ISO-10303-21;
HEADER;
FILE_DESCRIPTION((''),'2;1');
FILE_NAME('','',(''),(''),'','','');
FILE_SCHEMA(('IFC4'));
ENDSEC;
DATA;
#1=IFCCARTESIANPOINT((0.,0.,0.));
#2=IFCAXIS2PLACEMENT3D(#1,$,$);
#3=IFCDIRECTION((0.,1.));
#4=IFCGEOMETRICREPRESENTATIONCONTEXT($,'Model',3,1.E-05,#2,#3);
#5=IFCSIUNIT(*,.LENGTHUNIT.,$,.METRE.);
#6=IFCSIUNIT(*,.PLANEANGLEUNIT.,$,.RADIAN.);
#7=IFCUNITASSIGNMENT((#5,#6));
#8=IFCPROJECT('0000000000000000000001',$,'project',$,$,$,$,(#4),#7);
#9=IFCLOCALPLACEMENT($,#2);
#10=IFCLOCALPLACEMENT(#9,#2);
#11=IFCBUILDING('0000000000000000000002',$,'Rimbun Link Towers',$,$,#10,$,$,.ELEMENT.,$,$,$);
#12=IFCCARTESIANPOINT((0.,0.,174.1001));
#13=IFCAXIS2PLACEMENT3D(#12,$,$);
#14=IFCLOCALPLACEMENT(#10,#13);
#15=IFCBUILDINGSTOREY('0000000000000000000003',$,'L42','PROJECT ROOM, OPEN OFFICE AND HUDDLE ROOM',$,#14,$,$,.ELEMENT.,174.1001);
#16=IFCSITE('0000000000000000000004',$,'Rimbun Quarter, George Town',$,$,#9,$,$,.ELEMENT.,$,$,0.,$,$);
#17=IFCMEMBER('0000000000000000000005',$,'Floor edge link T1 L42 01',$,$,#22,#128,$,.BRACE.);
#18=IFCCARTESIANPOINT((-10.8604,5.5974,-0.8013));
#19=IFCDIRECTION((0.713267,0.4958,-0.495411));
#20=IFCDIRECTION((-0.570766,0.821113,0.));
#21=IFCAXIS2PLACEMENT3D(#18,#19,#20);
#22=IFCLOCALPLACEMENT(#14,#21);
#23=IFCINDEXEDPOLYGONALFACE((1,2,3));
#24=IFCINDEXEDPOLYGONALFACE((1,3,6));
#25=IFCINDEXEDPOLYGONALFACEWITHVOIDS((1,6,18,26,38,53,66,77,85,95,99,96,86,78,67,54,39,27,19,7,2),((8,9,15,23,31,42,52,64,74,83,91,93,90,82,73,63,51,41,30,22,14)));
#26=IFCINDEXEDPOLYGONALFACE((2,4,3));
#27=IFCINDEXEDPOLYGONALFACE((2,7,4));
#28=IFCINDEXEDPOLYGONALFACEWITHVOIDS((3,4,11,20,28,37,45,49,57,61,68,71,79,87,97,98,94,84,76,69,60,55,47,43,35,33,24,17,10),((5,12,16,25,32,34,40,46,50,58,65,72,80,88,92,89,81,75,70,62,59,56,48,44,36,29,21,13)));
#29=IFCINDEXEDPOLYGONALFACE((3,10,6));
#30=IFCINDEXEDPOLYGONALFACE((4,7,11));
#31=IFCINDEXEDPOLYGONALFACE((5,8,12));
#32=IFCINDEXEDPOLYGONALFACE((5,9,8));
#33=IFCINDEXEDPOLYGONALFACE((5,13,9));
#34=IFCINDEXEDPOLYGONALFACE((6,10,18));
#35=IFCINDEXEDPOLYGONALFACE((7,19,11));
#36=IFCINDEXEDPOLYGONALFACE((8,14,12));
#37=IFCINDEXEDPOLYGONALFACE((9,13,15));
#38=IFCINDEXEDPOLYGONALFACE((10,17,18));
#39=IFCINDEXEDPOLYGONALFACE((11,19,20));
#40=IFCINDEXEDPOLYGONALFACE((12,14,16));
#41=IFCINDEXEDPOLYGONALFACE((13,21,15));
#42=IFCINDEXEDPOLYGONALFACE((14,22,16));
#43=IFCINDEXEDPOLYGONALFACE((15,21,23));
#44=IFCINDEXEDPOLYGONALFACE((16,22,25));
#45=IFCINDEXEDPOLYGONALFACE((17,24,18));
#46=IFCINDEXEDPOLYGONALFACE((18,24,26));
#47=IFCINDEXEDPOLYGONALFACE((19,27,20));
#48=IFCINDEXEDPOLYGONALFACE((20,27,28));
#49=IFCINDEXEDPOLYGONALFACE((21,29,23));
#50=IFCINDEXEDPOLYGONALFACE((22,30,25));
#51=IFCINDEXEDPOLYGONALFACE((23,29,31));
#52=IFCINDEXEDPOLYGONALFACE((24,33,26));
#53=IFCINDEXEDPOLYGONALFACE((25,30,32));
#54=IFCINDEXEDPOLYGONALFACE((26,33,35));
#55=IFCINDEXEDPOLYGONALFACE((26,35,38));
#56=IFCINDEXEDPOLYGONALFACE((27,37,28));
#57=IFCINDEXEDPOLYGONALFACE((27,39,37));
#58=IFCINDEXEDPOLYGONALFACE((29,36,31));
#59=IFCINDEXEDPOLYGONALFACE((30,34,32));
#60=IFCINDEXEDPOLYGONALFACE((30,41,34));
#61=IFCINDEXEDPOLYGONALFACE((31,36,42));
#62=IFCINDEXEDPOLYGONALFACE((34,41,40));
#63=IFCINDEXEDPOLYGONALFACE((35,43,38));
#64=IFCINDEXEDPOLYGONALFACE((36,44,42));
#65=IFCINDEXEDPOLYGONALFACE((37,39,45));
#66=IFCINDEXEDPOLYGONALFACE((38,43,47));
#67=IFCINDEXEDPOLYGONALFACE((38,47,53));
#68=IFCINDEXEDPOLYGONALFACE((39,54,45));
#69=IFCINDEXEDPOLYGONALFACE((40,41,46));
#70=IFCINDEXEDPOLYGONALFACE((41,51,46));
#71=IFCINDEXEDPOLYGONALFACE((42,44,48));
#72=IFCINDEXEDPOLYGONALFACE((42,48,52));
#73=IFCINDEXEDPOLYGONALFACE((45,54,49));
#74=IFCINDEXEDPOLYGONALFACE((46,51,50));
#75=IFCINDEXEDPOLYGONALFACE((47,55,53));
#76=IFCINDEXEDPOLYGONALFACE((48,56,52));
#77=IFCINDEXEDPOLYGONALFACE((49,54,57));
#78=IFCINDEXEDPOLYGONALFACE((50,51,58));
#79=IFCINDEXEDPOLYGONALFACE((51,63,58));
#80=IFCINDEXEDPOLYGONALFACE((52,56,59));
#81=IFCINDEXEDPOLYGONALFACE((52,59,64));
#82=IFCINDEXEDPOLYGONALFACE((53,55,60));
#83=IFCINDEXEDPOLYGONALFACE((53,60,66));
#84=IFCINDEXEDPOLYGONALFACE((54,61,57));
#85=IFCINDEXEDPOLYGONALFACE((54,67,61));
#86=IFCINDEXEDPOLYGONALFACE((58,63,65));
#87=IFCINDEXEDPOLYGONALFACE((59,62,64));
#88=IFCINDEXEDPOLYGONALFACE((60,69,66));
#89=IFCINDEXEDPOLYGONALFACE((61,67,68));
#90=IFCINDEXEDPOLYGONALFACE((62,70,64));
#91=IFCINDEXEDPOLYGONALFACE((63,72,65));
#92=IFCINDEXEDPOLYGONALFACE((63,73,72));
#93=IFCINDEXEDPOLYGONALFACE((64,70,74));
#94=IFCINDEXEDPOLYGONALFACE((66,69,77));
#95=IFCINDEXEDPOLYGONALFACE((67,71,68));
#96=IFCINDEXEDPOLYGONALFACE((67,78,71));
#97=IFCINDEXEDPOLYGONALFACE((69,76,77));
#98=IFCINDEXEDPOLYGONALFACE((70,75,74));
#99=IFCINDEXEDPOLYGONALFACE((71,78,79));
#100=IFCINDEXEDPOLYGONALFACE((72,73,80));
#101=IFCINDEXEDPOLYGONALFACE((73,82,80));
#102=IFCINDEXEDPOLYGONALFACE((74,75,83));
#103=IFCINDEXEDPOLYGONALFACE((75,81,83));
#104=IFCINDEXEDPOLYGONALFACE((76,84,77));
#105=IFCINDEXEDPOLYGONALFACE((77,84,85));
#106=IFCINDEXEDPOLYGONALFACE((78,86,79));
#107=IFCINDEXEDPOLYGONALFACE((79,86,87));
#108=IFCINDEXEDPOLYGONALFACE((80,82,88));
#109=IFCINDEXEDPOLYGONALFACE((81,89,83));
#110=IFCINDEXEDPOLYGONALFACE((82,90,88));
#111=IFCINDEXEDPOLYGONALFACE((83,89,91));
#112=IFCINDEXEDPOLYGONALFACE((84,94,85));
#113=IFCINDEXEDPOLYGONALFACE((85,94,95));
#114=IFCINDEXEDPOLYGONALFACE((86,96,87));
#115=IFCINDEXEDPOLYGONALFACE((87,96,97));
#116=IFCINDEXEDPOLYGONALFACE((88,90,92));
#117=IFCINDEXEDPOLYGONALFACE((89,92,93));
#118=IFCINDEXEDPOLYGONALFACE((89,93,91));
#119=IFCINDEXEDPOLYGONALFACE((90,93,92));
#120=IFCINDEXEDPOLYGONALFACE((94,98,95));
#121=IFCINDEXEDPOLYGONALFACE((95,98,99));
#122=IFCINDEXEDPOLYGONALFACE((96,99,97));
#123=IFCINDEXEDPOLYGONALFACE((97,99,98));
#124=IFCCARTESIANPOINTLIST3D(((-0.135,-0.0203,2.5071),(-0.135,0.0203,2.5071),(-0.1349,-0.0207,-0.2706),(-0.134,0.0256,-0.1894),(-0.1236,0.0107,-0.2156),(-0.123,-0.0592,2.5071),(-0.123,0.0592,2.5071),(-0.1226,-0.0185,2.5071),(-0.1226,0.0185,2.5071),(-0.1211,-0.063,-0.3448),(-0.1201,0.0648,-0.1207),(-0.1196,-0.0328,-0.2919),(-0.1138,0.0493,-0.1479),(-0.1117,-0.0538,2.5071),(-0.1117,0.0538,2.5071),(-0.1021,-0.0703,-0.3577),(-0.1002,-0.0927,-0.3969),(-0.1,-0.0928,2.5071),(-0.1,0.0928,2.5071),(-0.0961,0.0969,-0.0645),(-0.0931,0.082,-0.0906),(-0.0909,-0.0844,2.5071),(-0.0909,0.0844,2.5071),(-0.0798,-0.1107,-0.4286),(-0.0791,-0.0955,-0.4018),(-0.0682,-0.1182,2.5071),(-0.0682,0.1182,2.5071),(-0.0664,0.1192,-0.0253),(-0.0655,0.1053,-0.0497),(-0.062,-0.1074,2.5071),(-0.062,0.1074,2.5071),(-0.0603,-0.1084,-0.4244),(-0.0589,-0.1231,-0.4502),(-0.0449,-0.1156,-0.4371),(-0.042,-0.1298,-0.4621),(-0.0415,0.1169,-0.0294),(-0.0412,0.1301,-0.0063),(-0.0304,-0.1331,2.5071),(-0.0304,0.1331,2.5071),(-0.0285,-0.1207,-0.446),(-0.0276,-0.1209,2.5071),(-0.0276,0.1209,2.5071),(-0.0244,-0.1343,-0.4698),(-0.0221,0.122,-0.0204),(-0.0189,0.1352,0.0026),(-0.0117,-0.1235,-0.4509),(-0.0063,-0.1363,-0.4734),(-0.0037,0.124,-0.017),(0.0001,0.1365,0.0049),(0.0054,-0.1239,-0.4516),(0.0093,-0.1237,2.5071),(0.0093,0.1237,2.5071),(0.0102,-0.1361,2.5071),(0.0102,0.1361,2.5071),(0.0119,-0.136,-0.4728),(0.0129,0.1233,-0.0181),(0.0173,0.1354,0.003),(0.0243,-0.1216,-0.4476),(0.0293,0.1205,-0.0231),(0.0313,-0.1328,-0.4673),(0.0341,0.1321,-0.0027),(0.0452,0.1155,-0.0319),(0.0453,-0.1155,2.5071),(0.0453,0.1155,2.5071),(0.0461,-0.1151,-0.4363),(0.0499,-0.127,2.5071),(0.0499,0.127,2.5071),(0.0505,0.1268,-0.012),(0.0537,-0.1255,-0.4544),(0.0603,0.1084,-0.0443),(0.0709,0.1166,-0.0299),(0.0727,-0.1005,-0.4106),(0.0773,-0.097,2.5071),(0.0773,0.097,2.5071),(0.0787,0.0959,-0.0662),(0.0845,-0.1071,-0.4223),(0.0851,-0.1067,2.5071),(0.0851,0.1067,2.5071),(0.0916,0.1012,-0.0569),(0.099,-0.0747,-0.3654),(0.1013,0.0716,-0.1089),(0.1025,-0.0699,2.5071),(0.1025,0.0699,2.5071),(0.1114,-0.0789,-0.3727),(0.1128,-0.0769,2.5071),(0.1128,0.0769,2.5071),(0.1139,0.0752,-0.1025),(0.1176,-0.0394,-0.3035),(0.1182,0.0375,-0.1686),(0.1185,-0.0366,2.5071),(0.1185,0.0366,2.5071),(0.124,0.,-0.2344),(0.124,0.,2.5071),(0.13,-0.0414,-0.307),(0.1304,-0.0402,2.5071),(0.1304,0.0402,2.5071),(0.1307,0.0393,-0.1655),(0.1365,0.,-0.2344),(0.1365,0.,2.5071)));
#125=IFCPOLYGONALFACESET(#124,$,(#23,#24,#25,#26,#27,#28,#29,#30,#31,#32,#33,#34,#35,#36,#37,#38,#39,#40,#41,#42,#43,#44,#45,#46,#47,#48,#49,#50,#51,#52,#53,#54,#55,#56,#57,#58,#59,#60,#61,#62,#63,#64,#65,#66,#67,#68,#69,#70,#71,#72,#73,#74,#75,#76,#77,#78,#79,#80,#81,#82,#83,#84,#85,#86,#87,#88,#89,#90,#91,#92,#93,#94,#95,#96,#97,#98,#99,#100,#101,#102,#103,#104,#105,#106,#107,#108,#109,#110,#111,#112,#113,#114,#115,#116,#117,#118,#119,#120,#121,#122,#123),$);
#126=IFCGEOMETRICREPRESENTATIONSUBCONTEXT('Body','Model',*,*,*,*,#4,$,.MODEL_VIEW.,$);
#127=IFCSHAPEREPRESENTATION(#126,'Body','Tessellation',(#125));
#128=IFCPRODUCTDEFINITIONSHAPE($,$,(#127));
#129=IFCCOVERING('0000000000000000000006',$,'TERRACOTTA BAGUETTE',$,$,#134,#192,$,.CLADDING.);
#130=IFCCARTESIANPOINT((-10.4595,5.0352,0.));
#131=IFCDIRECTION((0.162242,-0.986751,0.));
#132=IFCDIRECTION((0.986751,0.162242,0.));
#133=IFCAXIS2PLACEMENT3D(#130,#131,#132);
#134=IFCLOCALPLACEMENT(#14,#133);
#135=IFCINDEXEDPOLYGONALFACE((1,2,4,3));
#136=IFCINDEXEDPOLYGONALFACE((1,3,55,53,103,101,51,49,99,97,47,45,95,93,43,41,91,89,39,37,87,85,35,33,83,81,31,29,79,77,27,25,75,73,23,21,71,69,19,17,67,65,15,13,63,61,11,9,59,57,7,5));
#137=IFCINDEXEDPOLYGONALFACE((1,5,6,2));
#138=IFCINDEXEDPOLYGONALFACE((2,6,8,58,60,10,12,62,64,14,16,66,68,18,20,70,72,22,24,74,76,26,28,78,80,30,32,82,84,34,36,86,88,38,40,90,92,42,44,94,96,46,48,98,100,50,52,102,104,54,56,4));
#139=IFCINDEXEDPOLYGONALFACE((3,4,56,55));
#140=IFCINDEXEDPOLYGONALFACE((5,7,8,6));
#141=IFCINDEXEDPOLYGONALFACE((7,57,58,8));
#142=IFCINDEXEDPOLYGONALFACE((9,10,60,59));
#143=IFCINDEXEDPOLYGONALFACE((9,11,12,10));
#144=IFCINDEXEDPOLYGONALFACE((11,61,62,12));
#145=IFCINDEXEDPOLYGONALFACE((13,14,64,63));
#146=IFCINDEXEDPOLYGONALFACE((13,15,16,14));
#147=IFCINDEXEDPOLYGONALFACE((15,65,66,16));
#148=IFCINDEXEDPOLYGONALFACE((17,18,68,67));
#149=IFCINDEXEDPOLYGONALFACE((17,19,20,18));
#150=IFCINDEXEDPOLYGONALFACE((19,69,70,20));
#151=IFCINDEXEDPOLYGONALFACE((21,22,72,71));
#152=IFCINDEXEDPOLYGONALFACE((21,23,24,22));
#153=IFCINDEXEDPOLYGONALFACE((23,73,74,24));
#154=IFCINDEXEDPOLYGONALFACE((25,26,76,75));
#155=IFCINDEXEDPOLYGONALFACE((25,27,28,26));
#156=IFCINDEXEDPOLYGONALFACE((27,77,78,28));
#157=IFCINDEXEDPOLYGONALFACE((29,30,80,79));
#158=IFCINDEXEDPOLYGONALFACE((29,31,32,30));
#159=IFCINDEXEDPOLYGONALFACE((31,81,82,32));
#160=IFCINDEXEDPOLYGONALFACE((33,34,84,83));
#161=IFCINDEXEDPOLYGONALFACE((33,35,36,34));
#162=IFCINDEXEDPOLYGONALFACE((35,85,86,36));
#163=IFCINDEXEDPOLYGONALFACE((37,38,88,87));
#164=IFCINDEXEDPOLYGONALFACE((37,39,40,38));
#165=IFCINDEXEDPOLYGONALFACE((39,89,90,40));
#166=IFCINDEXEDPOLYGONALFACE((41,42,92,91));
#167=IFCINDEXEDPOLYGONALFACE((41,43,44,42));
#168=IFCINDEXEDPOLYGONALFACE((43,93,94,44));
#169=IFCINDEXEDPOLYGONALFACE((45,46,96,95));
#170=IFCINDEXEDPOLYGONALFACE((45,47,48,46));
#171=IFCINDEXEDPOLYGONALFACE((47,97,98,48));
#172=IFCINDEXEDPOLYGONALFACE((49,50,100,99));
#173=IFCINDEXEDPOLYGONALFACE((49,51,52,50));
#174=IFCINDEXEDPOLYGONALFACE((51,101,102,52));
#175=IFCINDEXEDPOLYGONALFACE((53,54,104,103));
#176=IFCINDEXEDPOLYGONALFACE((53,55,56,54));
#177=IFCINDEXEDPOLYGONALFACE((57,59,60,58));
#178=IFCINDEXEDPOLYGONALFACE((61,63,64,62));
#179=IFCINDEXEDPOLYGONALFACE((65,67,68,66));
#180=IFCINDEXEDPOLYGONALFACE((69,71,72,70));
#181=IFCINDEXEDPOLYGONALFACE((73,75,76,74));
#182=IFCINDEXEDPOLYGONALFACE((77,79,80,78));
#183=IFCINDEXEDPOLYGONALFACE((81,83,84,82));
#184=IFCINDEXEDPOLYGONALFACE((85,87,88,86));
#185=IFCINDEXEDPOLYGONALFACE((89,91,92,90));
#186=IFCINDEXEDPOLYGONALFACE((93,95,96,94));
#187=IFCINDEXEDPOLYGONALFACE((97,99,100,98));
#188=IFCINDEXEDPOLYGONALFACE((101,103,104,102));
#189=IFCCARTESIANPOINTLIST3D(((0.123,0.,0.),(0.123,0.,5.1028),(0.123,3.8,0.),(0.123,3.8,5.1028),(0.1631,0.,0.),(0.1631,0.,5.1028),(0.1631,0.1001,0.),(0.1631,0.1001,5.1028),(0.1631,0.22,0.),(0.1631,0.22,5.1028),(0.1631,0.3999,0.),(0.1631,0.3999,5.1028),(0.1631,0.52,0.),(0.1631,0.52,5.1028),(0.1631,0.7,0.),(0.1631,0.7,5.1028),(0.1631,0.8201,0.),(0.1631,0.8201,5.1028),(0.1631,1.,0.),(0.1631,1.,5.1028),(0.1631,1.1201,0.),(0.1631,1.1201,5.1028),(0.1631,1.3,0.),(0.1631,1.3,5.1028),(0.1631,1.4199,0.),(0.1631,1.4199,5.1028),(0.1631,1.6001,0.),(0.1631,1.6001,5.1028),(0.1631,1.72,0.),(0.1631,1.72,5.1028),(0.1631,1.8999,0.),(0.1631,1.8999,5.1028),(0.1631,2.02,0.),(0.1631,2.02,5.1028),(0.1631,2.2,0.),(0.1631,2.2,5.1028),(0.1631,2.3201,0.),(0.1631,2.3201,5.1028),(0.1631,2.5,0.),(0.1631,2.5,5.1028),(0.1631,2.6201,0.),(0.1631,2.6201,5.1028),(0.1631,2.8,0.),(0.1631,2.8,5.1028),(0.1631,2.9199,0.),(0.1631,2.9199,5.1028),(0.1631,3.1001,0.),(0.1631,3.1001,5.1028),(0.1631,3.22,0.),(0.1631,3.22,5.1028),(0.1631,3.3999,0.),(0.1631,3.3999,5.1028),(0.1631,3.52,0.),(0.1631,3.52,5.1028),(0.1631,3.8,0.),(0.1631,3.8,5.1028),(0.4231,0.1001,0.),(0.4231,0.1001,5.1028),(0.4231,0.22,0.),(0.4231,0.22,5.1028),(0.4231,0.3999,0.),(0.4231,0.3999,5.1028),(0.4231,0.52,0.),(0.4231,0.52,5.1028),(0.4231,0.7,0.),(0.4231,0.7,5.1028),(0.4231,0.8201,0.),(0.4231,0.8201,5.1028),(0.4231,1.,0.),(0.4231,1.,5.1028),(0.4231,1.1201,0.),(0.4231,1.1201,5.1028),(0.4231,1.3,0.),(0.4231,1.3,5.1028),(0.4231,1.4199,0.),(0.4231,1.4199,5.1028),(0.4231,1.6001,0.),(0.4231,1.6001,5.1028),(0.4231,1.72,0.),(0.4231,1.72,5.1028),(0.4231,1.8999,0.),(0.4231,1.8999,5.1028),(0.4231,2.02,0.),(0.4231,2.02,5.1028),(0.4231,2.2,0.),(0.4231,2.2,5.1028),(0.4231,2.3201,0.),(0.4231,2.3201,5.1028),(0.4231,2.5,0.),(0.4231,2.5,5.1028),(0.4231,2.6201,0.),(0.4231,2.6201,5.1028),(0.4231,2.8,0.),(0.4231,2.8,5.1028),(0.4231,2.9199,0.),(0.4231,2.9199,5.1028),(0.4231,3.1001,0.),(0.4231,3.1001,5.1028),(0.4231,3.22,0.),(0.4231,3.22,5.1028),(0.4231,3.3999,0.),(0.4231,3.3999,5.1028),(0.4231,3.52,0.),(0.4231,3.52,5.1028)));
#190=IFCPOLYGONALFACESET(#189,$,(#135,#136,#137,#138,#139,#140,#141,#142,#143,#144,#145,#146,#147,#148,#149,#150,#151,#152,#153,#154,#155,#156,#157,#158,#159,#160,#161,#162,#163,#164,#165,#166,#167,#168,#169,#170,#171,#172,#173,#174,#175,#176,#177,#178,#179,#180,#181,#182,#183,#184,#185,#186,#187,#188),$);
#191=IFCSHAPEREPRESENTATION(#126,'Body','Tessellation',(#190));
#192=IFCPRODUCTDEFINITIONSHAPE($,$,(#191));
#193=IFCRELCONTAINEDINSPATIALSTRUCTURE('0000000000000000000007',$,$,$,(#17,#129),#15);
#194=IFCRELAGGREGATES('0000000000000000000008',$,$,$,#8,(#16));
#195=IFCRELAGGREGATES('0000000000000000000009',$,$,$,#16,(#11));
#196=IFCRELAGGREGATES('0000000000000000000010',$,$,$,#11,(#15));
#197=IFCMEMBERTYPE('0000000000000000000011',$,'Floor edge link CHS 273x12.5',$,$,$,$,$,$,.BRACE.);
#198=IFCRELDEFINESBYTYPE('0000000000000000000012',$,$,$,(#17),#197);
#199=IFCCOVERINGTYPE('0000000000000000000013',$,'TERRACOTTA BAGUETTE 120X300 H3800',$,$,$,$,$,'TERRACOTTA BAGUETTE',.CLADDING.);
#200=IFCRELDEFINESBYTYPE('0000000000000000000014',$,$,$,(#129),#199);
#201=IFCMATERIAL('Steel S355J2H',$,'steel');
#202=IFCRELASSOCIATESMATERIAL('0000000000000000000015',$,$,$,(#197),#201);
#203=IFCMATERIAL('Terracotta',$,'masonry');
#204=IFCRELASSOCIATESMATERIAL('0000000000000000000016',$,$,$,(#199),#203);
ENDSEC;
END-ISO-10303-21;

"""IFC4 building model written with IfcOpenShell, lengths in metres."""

from ifc_helpers import new_model, si_unit, direction, frame, origin, origin_2d, place, context, subcontext, project, spatial, polyline, hollow_circle, outline, extrude, clip, halfspace, material, material_profile, profile_set, type_object, element, save


model = new_model("IFC4")

# Units and contexts
model_context = context("Model", 3, precision=1e-05, world=origin(), true_north=direction((0.0, 1.0)))
body_context = subcontext(model_context, "Body", "Model", "MODEL_VIEW")
ifc_project = project(units=[si_unit("LENGTHUNIT", "METRE"), si_unit("PLANEANGLEUNIT", "RADIAN")], contexts=[model_context])

# Site, building, storey
site_placement = place(None, origin())
site = spatial("IfcSite", under=ifc_project, at=site_placement, Name="Rimbun Quarter, George Town", CompositionType="ELEMENT", RefElevation=0.0)
building_placement = place(site_placement, origin())
building = spatial("IfcBuilding", under=site, at=building_placement, Name="Rimbun Link Towers", CompositionType="ELEMENT")
storey_placement = place(building_placement, frame((0.0, 0.0, 174.1001)))
storey = spatial("IfcBuildingStorey", under=building, at=storey_placement, Name="L42", Description="PROJECT ROOM, OPEN OFFICE AND HUDDLE ROOM", CompositionType="ELEMENT", Elevation=174.1001)

# Member
ifc_material_1 = material(Name="Steel S355J2H", Category="steel")
ifc_material_profile_1 = material_profile(ifc_material_1, hollow_circle(Radius=0.1365, WallThickness=0.0125, at=origin_2d()), Name="CHS 273x12.5")
ifc_profile_set_1 = profile_set([ifc_material_profile_1], Name="Steel S355J2H")
member_type_1 = type_object("IfcMemberType", Name="Floor edge link CHS 273x12.5", PredefinedType="BRACE", material=ifc_profile_set_1)
member_1_placement = place(storey_placement, frame((-10.8604, 5.5974, -0.8013), z_axis=(0.713267, 0.4958, -0.495411), x_axis=(-0.570766, 0.821113, 0.0)))
element("IfcMember", 1, at=member_1_placement, inside=storey, type_object=member_type_1, Name="Floor edge link T1 L42 01", PredefinedType="BRACE", context=body_context, shape_type="Clipping", body=[
    clip(extrude(hollow_circle(Radius=0.1365, WallThickness=0.0125, at=origin_2d()), frame((0.0, 0.0, -0.4988)), (0.0, 0.0, 1.0), 3.0059), halfspace(frame((0.0, 0.0, -0.2344), z_axis=(0.0, 0.868659, -0.495411)), False)),
])

# Covering
ifc_material_2 = material(Name="Terracotta", Category="masonry")
ifc_material_profile_2 = material_profile(ifc_material_2, outline(polyline([(0.123, 0.0), (0.1631, 0.0), (0.1631, 0.1001), (0.4231, 0.1001), (0.4231, 0.22), (0.1631, 0.22), (0.1631, 0.3999), (0.4231, 0.3999), (0.4231, 0.52), (0.1631, 0.52), (0.1631, 0.7), (0.4231, 0.7), (0.4231, 0.8201), (0.1631, 0.8201), (0.1631, 1.0), (0.4231, 1.0), (0.4231, 1.1201), (0.1631, 1.1201), (0.1631, 1.3), (0.4231, 1.3), (0.4231, 1.4199), (0.1631, 1.4199), (0.1631, 1.6001), (0.4231, 1.6001), (0.4231, 1.72), (0.1631, 1.72), (0.1631, 1.8999), (0.4231, 1.8999), (0.4231, 2.02), (0.1631, 2.02), (0.1631, 2.2), (0.4231, 2.2), (0.4231, 2.3201), (0.1631, 2.3201), (0.1631, 2.5), (0.4231, 2.5), (0.4231, 2.6201), (0.1631, 2.6201), (0.1631, 2.8), (0.4231, 2.8), (0.4231, 2.9199), (0.1631, 2.9199), (0.1631, 3.1001), (0.4231, 3.1001), (0.4231, 3.22), (0.1631, 3.22), (0.1631, 3.3999), (0.4231, 3.3999), (0.4231, 3.52), (0.1631, 3.52), (0.1631, 3.8), (0.123, 3.8), (0.123, 0.0)])), Name="BAGUETTE 120X300")
ifc_profile_set_2 = profile_set([ifc_material_profile_2], Name="Terracotta")
covering_type_1 = type_object("IfcCoveringType", Name="TERRACOTTA BAGUETTE 120X300 H3800", ElementType="TERRACOTTA BAGUETTE", PredefinedType="CLADDING", material=ifc_profile_set_2)
covering_1_placement = place(storey_placement, frame((-10.4595, 5.0352, 0.0), z_axis=(0.162242, -0.986751, 0.0), x_axis=(0.986751, 0.162242, 0.0)))
element("IfcCovering", 2, at=covering_1_placement, inside=storey, type_object=covering_type_1, Name="TERRACOTTA BAGUETTE", PredefinedType="CLADDING", context=body_context, shape_type="SweptSolid", body=[
    extrude(outline(polyline([(0.123, 0.0), (0.1631, 0.0), (0.1631, 0.1001), (0.4231, 0.1001), (0.4231, 0.22), (0.1631, 0.22), (0.1631, 0.3999), (0.4231, 0.3999), (0.4231, 0.52), (0.1631, 0.52), (0.1631, 0.7), (0.4231, 0.7), (0.4231, 0.8201), (0.1631, 0.8201), (0.1631, 1.0), (0.4231, 1.0), (0.4231, 1.1201), (0.1631, 1.1201), (0.1631, 1.3), (0.4231, 1.3), (0.4231, 1.4199), (0.1631, 1.4199), (0.1631, 1.6001), (0.4231, 1.6001), (0.4231, 1.72), (0.1631, 1.72), (0.1631, 1.8999), (0.4231, 1.8999), (0.4231, 2.02), (0.1631, 2.02), (0.1631, 2.2), (0.4231, 2.2), (0.4231, 2.3201), (0.1631, 2.3201), (0.1631, 2.5), (0.4231, 2.5), (0.4231, 2.6201), (0.1631, 2.6201), (0.1631, 2.8), (0.4231, 2.8), (0.4231, 2.9199), (0.1631, 2.9199), (0.1631, 3.1001), (0.4231, 3.1001), (0.4231, 3.22), (0.1631, 3.22), (0.1631, 3.3999), (0.4231, 3.3999), (0.4231, 3.52), (0.1631, 3.52), (0.1631, 3.8), (0.123, 3.8), (0.123, 0.0)])), origin(), (0.0, 0.0, 1.0), 5.1028),
])

save(model, "model.ifc")
